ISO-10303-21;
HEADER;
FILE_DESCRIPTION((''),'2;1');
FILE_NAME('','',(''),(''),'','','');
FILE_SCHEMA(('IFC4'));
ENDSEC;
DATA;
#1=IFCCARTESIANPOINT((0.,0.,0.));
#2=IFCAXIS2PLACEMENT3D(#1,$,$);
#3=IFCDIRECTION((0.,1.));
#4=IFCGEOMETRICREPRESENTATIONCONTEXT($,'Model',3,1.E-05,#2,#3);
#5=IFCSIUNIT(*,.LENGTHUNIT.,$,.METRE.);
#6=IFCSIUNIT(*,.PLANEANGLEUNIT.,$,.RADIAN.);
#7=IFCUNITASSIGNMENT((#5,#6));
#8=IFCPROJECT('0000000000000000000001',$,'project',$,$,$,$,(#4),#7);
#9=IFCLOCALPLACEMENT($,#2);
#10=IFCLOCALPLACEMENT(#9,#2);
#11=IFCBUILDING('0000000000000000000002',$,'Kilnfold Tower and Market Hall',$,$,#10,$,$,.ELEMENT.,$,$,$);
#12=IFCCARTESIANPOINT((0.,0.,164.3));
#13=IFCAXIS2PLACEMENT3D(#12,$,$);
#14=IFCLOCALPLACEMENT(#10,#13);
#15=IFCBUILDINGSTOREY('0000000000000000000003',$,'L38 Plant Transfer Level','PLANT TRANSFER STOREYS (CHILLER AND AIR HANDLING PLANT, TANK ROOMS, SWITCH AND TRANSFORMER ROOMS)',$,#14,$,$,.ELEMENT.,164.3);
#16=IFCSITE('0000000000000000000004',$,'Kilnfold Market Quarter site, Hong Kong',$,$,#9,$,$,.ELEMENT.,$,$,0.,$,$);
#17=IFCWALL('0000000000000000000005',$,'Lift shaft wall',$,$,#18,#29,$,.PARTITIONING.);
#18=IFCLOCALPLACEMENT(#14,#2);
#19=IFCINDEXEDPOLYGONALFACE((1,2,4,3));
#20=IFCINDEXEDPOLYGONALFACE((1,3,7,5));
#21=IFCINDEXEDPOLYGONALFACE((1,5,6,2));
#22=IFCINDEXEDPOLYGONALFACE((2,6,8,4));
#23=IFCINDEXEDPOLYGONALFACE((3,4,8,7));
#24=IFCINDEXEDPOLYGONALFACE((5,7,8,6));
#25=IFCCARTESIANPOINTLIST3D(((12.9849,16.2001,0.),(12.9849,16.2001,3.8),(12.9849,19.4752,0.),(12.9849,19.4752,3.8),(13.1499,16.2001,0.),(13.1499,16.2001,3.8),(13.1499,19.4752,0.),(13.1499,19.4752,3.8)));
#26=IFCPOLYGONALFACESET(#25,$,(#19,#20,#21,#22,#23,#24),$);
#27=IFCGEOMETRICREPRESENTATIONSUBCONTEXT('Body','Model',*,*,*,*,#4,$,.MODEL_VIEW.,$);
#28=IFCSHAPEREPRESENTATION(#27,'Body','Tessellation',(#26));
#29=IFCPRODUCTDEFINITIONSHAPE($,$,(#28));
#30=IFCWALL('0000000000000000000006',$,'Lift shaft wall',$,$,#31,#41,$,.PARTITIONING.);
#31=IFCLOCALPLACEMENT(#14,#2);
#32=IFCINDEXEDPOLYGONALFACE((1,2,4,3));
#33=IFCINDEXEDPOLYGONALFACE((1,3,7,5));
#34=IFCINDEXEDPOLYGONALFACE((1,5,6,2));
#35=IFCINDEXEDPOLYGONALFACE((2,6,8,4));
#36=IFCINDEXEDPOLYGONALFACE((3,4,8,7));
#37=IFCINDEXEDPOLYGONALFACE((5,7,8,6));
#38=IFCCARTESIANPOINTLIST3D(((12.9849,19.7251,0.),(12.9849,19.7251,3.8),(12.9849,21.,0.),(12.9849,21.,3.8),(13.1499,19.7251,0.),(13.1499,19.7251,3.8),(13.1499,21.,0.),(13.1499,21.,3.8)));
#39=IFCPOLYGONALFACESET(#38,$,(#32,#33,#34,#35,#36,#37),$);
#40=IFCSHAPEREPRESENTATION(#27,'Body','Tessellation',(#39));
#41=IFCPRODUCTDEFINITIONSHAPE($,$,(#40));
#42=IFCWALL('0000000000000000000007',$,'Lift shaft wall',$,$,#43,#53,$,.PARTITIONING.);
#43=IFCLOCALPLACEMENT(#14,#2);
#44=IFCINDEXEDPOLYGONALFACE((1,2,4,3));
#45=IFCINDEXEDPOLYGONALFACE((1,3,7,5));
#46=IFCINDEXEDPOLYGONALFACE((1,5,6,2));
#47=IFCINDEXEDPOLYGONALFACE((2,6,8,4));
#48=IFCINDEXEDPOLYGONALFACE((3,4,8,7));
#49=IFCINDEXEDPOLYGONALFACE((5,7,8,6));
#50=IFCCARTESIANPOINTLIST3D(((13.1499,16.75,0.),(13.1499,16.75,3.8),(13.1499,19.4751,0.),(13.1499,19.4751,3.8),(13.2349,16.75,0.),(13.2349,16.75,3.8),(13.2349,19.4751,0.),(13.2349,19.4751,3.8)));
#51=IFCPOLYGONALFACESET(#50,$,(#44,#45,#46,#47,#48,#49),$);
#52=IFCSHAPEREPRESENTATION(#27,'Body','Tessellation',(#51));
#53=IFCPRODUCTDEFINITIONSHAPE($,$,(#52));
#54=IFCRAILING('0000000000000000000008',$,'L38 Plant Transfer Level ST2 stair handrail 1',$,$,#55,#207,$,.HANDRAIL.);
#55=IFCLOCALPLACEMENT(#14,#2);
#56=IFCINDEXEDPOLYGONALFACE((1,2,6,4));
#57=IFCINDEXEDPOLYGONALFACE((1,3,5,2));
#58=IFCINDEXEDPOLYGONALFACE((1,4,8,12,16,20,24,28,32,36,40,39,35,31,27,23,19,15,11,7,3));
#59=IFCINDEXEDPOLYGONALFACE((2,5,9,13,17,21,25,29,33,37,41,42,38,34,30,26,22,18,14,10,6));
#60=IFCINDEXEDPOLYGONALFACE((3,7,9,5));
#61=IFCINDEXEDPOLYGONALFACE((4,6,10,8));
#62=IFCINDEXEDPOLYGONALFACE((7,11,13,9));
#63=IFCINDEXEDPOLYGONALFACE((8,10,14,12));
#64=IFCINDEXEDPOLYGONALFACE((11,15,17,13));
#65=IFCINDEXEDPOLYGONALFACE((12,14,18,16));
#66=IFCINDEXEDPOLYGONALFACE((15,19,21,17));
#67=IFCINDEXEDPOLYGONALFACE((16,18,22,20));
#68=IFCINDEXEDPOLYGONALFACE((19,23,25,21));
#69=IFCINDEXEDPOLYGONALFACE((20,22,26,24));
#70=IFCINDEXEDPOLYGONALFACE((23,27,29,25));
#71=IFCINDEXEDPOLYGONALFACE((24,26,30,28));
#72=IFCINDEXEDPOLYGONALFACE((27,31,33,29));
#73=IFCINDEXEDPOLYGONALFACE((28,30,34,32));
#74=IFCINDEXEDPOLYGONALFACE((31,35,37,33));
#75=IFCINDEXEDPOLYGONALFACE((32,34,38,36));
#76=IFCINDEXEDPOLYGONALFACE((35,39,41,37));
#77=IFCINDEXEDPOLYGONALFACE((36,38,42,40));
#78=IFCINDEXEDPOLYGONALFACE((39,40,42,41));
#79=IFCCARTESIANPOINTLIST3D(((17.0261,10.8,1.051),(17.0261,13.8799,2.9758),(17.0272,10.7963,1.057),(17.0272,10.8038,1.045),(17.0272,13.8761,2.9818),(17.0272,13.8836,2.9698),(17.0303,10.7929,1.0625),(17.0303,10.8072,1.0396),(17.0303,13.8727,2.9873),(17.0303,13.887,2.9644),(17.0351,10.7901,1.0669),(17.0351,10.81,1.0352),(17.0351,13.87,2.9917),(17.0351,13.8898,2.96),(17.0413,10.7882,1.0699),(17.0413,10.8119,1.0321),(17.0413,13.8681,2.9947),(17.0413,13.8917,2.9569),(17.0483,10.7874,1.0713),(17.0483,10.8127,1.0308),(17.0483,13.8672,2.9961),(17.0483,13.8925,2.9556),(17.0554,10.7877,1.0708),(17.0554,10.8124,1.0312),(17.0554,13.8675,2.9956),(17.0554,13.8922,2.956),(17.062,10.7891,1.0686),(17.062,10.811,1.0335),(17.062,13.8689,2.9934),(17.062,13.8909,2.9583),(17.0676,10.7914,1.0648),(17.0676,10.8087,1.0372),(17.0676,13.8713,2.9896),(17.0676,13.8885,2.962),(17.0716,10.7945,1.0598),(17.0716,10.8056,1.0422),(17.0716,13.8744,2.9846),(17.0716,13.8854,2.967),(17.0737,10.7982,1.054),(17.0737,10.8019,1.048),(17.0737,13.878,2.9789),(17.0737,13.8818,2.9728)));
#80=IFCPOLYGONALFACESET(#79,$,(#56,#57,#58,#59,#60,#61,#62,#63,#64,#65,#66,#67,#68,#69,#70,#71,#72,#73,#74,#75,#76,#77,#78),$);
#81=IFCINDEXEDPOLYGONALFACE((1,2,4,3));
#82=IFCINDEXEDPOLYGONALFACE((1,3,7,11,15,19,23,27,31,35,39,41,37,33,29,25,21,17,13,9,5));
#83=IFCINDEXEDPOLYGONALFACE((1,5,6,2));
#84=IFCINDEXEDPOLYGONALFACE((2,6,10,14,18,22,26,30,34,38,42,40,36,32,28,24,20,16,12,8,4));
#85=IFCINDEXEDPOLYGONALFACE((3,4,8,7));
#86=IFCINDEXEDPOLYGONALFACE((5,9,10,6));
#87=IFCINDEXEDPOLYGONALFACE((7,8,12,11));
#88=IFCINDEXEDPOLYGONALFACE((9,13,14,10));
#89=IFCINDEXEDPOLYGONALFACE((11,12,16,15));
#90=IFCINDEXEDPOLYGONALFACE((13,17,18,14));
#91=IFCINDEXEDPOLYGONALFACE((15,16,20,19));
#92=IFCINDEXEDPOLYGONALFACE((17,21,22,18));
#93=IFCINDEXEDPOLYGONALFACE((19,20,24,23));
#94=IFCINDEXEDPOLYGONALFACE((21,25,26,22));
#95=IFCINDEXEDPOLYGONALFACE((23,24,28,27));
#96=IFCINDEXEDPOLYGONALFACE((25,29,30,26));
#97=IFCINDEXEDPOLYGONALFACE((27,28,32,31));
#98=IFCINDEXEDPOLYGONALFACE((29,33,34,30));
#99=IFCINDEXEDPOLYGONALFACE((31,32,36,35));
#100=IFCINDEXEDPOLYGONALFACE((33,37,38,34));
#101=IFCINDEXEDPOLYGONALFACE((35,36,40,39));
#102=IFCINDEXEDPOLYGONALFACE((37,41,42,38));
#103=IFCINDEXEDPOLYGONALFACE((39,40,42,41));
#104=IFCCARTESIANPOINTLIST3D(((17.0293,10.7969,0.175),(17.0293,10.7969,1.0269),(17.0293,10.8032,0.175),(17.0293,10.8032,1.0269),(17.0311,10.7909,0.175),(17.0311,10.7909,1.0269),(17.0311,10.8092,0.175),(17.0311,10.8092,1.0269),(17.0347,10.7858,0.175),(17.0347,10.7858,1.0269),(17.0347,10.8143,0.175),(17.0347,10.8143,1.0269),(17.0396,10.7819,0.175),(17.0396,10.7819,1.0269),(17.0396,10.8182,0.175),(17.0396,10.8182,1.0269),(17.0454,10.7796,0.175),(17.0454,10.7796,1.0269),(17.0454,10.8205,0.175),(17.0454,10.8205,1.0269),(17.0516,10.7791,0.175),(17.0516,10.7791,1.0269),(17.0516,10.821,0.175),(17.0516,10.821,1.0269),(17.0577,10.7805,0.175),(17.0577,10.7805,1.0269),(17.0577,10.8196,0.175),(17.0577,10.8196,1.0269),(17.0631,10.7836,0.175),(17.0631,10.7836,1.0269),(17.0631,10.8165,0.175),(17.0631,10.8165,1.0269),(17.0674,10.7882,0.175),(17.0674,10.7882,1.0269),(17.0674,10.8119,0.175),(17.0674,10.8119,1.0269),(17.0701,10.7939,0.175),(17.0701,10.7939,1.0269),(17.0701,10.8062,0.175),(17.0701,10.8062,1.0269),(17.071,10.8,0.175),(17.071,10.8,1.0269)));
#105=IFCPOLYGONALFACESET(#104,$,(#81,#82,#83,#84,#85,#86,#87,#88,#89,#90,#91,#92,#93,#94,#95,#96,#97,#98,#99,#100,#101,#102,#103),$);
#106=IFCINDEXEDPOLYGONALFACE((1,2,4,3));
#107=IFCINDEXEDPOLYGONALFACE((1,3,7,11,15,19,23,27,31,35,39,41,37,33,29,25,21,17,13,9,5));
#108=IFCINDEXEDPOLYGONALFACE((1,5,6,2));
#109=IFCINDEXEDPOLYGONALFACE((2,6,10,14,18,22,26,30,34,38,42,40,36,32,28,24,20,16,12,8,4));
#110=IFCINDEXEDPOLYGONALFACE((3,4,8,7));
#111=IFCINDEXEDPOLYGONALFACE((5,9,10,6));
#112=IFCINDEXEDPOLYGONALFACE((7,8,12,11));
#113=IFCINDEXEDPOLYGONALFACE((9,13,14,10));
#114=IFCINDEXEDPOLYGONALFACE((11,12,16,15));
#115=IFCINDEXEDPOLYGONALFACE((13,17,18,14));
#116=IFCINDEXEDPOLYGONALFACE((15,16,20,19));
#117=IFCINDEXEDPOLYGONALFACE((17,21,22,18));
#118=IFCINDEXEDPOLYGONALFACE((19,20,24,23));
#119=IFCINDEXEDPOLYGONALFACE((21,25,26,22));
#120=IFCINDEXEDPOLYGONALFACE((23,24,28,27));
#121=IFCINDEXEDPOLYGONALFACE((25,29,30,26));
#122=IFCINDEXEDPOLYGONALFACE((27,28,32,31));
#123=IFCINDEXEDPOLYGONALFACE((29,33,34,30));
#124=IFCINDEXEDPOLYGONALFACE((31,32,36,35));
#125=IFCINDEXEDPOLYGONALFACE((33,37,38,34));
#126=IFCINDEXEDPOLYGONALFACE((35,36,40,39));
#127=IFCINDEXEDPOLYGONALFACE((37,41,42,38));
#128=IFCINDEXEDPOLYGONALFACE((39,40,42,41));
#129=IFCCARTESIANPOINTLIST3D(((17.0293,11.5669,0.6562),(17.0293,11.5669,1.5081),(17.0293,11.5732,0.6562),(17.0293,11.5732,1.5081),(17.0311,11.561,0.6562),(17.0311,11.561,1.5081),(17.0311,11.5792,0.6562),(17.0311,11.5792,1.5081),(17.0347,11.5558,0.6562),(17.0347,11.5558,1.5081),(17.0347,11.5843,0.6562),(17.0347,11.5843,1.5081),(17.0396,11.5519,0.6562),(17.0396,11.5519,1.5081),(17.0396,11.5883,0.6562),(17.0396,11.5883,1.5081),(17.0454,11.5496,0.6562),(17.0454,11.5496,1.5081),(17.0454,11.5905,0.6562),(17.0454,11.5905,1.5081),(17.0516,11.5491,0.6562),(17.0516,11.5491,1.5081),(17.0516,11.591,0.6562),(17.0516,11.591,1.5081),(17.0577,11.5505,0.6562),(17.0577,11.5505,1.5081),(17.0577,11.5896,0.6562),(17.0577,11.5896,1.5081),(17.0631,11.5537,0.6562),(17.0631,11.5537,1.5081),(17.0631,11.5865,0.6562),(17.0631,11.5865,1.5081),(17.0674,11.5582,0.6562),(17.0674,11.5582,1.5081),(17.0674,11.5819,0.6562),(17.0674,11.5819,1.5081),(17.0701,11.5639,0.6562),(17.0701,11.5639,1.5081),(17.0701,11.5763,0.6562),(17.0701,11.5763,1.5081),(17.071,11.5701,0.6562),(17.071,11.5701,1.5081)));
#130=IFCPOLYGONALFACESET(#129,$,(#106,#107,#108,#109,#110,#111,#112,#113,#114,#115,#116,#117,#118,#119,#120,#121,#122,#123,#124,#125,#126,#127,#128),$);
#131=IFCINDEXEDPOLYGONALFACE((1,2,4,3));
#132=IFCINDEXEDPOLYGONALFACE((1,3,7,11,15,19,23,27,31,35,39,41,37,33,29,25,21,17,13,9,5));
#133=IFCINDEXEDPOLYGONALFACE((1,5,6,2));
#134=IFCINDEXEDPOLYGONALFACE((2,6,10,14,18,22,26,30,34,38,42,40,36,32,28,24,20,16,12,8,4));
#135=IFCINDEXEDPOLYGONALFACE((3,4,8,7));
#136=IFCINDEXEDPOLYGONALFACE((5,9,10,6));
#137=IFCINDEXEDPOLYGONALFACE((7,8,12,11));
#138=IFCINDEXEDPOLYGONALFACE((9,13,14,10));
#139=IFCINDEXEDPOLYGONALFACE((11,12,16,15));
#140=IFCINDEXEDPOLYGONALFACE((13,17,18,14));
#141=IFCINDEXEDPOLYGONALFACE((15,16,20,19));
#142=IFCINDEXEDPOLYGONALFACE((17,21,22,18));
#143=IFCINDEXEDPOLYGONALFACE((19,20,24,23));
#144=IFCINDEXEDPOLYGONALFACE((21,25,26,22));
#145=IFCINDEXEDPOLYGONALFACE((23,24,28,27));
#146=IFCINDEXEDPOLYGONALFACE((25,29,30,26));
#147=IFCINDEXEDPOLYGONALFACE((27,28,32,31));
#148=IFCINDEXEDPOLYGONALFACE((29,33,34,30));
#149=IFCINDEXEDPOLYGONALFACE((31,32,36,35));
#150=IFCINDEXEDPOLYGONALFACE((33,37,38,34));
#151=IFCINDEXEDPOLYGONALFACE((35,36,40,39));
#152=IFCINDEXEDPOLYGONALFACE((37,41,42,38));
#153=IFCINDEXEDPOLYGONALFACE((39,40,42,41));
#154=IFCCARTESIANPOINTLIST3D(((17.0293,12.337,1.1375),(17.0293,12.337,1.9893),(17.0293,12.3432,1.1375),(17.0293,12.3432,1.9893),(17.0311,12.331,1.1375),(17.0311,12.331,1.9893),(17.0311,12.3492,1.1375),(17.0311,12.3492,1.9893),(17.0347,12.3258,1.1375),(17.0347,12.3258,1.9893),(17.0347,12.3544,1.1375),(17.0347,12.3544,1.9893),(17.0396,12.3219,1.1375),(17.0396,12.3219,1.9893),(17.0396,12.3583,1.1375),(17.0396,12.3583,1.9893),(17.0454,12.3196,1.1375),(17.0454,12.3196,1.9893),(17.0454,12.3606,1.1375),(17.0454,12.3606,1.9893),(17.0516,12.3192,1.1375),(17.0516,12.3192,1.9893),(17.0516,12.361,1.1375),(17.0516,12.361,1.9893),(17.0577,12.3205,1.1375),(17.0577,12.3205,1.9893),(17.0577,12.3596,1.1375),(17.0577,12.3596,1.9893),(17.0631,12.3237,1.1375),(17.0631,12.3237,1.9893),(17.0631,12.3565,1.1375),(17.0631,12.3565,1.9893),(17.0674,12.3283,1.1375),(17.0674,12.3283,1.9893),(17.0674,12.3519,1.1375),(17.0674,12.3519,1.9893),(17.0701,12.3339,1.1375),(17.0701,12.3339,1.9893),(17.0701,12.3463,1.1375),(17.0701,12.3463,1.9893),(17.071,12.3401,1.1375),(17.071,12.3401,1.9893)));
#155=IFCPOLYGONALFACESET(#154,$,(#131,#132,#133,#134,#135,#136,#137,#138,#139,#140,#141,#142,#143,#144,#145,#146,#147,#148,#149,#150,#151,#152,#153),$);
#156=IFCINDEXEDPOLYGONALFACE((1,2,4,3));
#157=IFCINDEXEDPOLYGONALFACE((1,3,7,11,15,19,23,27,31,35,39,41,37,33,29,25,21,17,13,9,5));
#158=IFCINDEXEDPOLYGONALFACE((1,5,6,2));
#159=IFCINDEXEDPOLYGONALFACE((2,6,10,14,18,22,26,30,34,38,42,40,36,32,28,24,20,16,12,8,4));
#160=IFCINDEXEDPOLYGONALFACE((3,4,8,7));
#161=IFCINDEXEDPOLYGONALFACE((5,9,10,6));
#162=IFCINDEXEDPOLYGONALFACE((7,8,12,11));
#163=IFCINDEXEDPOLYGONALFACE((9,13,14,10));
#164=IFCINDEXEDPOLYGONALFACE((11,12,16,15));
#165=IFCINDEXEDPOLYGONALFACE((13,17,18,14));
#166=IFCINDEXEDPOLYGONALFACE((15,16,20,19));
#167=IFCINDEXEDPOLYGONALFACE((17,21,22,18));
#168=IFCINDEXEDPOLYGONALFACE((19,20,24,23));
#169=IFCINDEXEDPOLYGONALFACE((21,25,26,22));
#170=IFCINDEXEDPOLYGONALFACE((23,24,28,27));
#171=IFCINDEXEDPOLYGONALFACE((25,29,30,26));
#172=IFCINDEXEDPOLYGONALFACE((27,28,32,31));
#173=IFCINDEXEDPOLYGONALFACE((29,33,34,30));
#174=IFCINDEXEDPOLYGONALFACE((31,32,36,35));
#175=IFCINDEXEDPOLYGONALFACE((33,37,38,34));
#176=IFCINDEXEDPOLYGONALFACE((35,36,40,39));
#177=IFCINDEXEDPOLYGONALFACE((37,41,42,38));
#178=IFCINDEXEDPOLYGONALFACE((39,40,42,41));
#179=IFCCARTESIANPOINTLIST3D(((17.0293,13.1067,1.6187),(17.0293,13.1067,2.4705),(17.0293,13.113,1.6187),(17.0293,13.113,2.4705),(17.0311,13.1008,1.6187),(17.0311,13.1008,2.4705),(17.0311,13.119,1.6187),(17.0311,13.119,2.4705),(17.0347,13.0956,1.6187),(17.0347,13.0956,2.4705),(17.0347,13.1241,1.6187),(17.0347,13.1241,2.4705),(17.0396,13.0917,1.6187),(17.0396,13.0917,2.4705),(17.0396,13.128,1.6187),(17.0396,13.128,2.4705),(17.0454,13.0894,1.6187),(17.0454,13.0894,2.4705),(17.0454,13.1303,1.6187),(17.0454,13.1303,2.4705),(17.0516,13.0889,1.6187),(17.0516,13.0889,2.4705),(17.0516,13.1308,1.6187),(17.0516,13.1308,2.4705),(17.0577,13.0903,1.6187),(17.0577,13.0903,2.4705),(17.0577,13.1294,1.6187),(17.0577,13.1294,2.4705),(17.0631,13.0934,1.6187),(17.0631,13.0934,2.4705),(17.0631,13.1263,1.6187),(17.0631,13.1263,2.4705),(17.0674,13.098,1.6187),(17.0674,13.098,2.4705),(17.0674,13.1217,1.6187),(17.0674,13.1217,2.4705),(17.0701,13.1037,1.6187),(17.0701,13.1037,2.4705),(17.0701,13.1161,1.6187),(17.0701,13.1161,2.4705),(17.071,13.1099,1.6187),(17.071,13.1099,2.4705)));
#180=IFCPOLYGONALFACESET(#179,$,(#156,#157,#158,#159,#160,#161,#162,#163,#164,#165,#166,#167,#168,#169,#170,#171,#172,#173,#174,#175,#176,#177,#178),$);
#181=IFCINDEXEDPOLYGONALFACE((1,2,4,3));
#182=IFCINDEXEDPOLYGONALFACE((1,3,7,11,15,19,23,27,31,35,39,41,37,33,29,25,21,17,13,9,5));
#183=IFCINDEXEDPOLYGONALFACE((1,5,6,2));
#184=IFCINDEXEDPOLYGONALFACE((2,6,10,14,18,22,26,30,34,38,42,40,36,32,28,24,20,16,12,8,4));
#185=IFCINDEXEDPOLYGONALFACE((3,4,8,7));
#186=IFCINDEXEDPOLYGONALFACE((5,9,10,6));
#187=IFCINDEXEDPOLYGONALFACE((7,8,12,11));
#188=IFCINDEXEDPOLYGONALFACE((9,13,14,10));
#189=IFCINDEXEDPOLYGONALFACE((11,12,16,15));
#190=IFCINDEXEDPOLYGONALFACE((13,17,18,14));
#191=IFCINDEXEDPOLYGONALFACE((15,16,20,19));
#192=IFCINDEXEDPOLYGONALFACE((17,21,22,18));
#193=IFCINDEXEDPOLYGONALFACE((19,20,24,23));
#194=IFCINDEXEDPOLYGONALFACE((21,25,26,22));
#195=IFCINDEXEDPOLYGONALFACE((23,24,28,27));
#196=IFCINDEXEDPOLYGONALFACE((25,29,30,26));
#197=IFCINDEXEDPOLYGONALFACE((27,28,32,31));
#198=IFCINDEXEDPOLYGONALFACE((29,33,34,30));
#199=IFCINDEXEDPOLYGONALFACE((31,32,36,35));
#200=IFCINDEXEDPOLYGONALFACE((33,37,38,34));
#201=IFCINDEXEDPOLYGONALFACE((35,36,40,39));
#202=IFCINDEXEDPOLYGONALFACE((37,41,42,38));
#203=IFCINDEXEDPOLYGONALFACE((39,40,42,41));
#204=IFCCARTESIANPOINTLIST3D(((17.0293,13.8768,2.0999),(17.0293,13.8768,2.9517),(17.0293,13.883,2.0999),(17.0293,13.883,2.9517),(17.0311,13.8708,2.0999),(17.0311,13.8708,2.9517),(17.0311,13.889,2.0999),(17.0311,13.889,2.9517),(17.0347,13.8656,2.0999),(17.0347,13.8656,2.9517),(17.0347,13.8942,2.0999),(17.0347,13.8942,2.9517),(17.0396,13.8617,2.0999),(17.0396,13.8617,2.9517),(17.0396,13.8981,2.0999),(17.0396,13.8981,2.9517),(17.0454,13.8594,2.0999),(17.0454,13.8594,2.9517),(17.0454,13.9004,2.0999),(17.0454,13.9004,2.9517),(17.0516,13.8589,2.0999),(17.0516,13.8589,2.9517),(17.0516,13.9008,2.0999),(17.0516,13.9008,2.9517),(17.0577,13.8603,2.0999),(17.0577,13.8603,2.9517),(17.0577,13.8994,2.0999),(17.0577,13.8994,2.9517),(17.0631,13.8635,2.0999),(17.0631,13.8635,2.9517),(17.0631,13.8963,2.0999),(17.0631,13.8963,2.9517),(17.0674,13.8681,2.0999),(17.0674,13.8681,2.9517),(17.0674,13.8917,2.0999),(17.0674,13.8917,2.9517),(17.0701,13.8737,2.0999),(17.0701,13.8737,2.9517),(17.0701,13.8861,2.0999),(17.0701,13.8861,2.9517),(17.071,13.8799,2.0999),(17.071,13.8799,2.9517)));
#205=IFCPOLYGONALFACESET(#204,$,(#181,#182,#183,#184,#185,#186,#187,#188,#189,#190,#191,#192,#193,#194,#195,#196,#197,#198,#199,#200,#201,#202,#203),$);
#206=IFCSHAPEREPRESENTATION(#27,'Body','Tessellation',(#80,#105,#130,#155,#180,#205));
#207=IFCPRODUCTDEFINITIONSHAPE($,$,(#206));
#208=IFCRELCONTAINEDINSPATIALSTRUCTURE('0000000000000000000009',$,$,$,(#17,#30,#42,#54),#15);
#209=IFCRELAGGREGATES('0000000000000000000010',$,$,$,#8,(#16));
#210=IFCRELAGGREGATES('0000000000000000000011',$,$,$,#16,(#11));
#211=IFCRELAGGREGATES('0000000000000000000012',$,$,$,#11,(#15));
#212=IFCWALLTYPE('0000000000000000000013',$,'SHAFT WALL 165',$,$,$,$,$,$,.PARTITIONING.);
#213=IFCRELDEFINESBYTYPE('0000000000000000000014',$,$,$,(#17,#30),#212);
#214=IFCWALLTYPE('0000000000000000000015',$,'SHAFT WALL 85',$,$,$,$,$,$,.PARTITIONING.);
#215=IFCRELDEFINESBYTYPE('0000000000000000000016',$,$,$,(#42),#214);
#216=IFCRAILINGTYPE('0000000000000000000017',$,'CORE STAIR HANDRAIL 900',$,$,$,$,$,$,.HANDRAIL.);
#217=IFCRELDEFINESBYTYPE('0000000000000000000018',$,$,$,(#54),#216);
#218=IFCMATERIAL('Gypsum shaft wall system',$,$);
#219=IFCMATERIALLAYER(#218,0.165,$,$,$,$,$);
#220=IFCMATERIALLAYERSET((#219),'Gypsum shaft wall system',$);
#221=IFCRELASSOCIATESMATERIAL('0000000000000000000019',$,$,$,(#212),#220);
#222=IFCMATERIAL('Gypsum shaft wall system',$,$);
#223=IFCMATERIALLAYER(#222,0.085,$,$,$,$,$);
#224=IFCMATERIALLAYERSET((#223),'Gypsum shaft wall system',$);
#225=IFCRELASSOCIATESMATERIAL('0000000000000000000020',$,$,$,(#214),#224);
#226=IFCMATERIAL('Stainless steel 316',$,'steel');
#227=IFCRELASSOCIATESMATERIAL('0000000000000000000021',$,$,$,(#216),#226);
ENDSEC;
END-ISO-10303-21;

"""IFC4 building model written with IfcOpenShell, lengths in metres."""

from ifc_helpers import new_model, si_unit, direction, frame, frame_2d, origin, origin_2d, place, context, subcontext, project, spatial, rectangle, circle, extrude, source, transform, mapped, material, layer, layer_set, type_object, element, save


model = new_model("IFC4")

# Units and contexts
model_context = context("Model", 3, precision=1e-05, world=origin(), true_north=direction((0.0, 1.0)))
body_context = subcontext(model_context, "Body", "Model", "MODEL_VIEW")
ifc_project = project(units=[si_unit("LENGTHUNIT", "METRE"), si_unit("PLANEANGLEUNIT", "RADIAN")], contexts=[model_context])

# Site, building, storey
site_placement = place(None, origin())
site = spatial("IfcSite", under=ifc_project, at=site_placement, Name="Kilnfold Market Quarter site, Hong Kong", CompositionType="ELEMENT", RefElevation=0.0)
building_placement = place(site_placement, origin())
building = spatial("IfcBuilding", under=site, at=building_placement, Name="Kilnfold Tower and Market Hall", CompositionType="ELEMENT")
storey_placement = place(building_placement, frame((0.0, 0.0, 164.3)))
storey = spatial("IfcBuildingStorey", under=building, at=storey_placement, Name="L38 Plant Transfer Level", Description="PLANT TRANSFER STOREYS (CHILLER AND AIR HANDLING PLANT, TANK ROOMS, SWITCH AND TRANSFORMER ROOMS)", CompositionType="ELEMENT", Elevation=164.3)

# Walls
ifc_material_1 = material(Name="Gypsum shaft wall system")
ifc_layer_1 = layer(ifc_material_1, 0.165)
ifc_layer_set_1 = layer_set([ifc_layer_1], Name="Gypsum shaft wall system")
wall_type_1 = type_object("IfcWallType", Name="SHAFT WALL 165", PredefinedType="PARTITIONING", material=ifc_layer_set_1)
shared_shape_1 = source(origin(), body_context, "Body", "SweptSolid", [
    extrude(rectangle(XDim=3.2751, YDim=0.165, at=frame_2d((1.6377, 0.0))), origin(), (0.0, 0.0, 1.0), 3.8),
])
wall_1_placement = place(storey_placement, frame((13.0674, 16.2, 0.0), z_axis=(0.0, 0.0, 1.0), x_axis=(0.0, 1.0, 0.0)))
element("IfcWall", 1, at=wall_1_placement, inside=storey, type_object=wall_type_1, Name="Lift shaft wall", PredefinedType="PARTITIONING", context=body_context, shape_type="MappedRepresentation", body=[
    mapped(shared_shape_1, transform((0.0, 0.0, 0.0))),
])
shared_shape_2 = source(origin(), body_context, "Body", "SweptSolid", [
    extrude(rectangle(XDim=1.2749, YDim=0.165, at=frame_2d((0.6375, 0.0))), origin(), (0.0, 0.0, 1.0), 3.8),
])
wall_2_placement = place(storey_placement, frame((13.0674, 19.7251, 0.0), z_axis=(0.0, 0.0, 1.0), x_axis=(0.0, 1.0, 0.0)))
element("IfcWall", 2, at=wall_2_placement, inside=storey, type_object=wall_type_1, Name="Lift shaft wall", PredefinedType="PARTITIONING", context=body_context, shape_type="MappedRepresentation", body=[
    mapped(shared_shape_2, transform((0.0, 0.0, 0.0))),
])
ifc_material_2 = material(Name="Gypsum shaft wall system")
ifc_layer_2 = layer(ifc_material_2, 0.085)
ifc_layer_set_2 = layer_set([ifc_layer_2], Name="Gypsum shaft wall system")
wall_type_2 = type_object("IfcWallType", Name="SHAFT WALL 85", PredefinedType="PARTITIONING", material=ifc_layer_set_2)
shared_shape_3 = source(origin(), body_context, "Body", "SweptSolid", [
    extrude(rectangle(XDim=2.7251, YDim=0.085, at=frame_2d((1.3625, 0.0))), origin(), (0.0, 0.0, 1.0), 3.8),
])
wall_3_placement = place(storey_placement, frame((13.1924, 16.75, 0.0), z_axis=(0.0, 0.0, 1.0), x_axis=(0.0, 1.0, 0.0)))
element("IfcWall", 3, at=wall_3_placement, inside=storey, type_object=wall_type_2, Name="Lift shaft wall", PredefinedType="PARTITIONING", context=body_context, shape_type="MappedRepresentation", body=[
    mapped(shared_shape_3, transform((0.0, 0.0, 0.0))),
])

# Railing
ifc_material_3 = material(Name="Stainless steel 316", Category="steel")
railing_type_1 = type_object("IfcRailingType", Name="CORE STAIR HANDRAIL 900", PredefinedType="HANDRAIL", material=ifc_material_3)
railing_1_placement = place(storey_placement, frame((17.05, 10.8, 0.175)))
element("IfcRailing", 4, at=railing_1_placement, inside=storey, type_object=railing_type_1, Name="L38 Plant Transfer Level ST2 stair handrail 1", PredefinedType="HANDRAIL", context=body_context, shape_type="SweptSolid", body=[
    extrude(circle(Radius=0.0239, at=origin_2d()), frame((0.0, 0.0, 0.876), z_axis=(0.0, 0.84801, 0.529981), x_axis=(-1.0, 0.0, 0.0)), (0.0, 0.0, 1.0), 3.6318),
    extrude(circle(Radius=0.021, at=origin_2d()), origin(), (0.0, 0.0, 1.0), 0.8518),
    extrude(circle(Radius=0.021, at=origin_2d()), frame((0.0, 0.77, 0.4812)), (0.0, 0.0, 1.0), 0.8518),
    extrude(circle(Radius=0.021, at=origin_2d()), frame((0.0, 1.54, 0.9624)), (0.0, 0.0, 1.0), 0.8518),
    extrude(circle(Radius=0.021, at=origin_2d()), frame((0.0, 2.3098, 1.4436)), (0.0, 0.0, 1.0), 0.8518),
    extrude(circle(Radius=0.021, at=origin_2d()), frame((0.0, 3.0798, 1.9248)), (0.0, 0.0, 1.0), 0.8518),
])

save(model, "model.ifc")
